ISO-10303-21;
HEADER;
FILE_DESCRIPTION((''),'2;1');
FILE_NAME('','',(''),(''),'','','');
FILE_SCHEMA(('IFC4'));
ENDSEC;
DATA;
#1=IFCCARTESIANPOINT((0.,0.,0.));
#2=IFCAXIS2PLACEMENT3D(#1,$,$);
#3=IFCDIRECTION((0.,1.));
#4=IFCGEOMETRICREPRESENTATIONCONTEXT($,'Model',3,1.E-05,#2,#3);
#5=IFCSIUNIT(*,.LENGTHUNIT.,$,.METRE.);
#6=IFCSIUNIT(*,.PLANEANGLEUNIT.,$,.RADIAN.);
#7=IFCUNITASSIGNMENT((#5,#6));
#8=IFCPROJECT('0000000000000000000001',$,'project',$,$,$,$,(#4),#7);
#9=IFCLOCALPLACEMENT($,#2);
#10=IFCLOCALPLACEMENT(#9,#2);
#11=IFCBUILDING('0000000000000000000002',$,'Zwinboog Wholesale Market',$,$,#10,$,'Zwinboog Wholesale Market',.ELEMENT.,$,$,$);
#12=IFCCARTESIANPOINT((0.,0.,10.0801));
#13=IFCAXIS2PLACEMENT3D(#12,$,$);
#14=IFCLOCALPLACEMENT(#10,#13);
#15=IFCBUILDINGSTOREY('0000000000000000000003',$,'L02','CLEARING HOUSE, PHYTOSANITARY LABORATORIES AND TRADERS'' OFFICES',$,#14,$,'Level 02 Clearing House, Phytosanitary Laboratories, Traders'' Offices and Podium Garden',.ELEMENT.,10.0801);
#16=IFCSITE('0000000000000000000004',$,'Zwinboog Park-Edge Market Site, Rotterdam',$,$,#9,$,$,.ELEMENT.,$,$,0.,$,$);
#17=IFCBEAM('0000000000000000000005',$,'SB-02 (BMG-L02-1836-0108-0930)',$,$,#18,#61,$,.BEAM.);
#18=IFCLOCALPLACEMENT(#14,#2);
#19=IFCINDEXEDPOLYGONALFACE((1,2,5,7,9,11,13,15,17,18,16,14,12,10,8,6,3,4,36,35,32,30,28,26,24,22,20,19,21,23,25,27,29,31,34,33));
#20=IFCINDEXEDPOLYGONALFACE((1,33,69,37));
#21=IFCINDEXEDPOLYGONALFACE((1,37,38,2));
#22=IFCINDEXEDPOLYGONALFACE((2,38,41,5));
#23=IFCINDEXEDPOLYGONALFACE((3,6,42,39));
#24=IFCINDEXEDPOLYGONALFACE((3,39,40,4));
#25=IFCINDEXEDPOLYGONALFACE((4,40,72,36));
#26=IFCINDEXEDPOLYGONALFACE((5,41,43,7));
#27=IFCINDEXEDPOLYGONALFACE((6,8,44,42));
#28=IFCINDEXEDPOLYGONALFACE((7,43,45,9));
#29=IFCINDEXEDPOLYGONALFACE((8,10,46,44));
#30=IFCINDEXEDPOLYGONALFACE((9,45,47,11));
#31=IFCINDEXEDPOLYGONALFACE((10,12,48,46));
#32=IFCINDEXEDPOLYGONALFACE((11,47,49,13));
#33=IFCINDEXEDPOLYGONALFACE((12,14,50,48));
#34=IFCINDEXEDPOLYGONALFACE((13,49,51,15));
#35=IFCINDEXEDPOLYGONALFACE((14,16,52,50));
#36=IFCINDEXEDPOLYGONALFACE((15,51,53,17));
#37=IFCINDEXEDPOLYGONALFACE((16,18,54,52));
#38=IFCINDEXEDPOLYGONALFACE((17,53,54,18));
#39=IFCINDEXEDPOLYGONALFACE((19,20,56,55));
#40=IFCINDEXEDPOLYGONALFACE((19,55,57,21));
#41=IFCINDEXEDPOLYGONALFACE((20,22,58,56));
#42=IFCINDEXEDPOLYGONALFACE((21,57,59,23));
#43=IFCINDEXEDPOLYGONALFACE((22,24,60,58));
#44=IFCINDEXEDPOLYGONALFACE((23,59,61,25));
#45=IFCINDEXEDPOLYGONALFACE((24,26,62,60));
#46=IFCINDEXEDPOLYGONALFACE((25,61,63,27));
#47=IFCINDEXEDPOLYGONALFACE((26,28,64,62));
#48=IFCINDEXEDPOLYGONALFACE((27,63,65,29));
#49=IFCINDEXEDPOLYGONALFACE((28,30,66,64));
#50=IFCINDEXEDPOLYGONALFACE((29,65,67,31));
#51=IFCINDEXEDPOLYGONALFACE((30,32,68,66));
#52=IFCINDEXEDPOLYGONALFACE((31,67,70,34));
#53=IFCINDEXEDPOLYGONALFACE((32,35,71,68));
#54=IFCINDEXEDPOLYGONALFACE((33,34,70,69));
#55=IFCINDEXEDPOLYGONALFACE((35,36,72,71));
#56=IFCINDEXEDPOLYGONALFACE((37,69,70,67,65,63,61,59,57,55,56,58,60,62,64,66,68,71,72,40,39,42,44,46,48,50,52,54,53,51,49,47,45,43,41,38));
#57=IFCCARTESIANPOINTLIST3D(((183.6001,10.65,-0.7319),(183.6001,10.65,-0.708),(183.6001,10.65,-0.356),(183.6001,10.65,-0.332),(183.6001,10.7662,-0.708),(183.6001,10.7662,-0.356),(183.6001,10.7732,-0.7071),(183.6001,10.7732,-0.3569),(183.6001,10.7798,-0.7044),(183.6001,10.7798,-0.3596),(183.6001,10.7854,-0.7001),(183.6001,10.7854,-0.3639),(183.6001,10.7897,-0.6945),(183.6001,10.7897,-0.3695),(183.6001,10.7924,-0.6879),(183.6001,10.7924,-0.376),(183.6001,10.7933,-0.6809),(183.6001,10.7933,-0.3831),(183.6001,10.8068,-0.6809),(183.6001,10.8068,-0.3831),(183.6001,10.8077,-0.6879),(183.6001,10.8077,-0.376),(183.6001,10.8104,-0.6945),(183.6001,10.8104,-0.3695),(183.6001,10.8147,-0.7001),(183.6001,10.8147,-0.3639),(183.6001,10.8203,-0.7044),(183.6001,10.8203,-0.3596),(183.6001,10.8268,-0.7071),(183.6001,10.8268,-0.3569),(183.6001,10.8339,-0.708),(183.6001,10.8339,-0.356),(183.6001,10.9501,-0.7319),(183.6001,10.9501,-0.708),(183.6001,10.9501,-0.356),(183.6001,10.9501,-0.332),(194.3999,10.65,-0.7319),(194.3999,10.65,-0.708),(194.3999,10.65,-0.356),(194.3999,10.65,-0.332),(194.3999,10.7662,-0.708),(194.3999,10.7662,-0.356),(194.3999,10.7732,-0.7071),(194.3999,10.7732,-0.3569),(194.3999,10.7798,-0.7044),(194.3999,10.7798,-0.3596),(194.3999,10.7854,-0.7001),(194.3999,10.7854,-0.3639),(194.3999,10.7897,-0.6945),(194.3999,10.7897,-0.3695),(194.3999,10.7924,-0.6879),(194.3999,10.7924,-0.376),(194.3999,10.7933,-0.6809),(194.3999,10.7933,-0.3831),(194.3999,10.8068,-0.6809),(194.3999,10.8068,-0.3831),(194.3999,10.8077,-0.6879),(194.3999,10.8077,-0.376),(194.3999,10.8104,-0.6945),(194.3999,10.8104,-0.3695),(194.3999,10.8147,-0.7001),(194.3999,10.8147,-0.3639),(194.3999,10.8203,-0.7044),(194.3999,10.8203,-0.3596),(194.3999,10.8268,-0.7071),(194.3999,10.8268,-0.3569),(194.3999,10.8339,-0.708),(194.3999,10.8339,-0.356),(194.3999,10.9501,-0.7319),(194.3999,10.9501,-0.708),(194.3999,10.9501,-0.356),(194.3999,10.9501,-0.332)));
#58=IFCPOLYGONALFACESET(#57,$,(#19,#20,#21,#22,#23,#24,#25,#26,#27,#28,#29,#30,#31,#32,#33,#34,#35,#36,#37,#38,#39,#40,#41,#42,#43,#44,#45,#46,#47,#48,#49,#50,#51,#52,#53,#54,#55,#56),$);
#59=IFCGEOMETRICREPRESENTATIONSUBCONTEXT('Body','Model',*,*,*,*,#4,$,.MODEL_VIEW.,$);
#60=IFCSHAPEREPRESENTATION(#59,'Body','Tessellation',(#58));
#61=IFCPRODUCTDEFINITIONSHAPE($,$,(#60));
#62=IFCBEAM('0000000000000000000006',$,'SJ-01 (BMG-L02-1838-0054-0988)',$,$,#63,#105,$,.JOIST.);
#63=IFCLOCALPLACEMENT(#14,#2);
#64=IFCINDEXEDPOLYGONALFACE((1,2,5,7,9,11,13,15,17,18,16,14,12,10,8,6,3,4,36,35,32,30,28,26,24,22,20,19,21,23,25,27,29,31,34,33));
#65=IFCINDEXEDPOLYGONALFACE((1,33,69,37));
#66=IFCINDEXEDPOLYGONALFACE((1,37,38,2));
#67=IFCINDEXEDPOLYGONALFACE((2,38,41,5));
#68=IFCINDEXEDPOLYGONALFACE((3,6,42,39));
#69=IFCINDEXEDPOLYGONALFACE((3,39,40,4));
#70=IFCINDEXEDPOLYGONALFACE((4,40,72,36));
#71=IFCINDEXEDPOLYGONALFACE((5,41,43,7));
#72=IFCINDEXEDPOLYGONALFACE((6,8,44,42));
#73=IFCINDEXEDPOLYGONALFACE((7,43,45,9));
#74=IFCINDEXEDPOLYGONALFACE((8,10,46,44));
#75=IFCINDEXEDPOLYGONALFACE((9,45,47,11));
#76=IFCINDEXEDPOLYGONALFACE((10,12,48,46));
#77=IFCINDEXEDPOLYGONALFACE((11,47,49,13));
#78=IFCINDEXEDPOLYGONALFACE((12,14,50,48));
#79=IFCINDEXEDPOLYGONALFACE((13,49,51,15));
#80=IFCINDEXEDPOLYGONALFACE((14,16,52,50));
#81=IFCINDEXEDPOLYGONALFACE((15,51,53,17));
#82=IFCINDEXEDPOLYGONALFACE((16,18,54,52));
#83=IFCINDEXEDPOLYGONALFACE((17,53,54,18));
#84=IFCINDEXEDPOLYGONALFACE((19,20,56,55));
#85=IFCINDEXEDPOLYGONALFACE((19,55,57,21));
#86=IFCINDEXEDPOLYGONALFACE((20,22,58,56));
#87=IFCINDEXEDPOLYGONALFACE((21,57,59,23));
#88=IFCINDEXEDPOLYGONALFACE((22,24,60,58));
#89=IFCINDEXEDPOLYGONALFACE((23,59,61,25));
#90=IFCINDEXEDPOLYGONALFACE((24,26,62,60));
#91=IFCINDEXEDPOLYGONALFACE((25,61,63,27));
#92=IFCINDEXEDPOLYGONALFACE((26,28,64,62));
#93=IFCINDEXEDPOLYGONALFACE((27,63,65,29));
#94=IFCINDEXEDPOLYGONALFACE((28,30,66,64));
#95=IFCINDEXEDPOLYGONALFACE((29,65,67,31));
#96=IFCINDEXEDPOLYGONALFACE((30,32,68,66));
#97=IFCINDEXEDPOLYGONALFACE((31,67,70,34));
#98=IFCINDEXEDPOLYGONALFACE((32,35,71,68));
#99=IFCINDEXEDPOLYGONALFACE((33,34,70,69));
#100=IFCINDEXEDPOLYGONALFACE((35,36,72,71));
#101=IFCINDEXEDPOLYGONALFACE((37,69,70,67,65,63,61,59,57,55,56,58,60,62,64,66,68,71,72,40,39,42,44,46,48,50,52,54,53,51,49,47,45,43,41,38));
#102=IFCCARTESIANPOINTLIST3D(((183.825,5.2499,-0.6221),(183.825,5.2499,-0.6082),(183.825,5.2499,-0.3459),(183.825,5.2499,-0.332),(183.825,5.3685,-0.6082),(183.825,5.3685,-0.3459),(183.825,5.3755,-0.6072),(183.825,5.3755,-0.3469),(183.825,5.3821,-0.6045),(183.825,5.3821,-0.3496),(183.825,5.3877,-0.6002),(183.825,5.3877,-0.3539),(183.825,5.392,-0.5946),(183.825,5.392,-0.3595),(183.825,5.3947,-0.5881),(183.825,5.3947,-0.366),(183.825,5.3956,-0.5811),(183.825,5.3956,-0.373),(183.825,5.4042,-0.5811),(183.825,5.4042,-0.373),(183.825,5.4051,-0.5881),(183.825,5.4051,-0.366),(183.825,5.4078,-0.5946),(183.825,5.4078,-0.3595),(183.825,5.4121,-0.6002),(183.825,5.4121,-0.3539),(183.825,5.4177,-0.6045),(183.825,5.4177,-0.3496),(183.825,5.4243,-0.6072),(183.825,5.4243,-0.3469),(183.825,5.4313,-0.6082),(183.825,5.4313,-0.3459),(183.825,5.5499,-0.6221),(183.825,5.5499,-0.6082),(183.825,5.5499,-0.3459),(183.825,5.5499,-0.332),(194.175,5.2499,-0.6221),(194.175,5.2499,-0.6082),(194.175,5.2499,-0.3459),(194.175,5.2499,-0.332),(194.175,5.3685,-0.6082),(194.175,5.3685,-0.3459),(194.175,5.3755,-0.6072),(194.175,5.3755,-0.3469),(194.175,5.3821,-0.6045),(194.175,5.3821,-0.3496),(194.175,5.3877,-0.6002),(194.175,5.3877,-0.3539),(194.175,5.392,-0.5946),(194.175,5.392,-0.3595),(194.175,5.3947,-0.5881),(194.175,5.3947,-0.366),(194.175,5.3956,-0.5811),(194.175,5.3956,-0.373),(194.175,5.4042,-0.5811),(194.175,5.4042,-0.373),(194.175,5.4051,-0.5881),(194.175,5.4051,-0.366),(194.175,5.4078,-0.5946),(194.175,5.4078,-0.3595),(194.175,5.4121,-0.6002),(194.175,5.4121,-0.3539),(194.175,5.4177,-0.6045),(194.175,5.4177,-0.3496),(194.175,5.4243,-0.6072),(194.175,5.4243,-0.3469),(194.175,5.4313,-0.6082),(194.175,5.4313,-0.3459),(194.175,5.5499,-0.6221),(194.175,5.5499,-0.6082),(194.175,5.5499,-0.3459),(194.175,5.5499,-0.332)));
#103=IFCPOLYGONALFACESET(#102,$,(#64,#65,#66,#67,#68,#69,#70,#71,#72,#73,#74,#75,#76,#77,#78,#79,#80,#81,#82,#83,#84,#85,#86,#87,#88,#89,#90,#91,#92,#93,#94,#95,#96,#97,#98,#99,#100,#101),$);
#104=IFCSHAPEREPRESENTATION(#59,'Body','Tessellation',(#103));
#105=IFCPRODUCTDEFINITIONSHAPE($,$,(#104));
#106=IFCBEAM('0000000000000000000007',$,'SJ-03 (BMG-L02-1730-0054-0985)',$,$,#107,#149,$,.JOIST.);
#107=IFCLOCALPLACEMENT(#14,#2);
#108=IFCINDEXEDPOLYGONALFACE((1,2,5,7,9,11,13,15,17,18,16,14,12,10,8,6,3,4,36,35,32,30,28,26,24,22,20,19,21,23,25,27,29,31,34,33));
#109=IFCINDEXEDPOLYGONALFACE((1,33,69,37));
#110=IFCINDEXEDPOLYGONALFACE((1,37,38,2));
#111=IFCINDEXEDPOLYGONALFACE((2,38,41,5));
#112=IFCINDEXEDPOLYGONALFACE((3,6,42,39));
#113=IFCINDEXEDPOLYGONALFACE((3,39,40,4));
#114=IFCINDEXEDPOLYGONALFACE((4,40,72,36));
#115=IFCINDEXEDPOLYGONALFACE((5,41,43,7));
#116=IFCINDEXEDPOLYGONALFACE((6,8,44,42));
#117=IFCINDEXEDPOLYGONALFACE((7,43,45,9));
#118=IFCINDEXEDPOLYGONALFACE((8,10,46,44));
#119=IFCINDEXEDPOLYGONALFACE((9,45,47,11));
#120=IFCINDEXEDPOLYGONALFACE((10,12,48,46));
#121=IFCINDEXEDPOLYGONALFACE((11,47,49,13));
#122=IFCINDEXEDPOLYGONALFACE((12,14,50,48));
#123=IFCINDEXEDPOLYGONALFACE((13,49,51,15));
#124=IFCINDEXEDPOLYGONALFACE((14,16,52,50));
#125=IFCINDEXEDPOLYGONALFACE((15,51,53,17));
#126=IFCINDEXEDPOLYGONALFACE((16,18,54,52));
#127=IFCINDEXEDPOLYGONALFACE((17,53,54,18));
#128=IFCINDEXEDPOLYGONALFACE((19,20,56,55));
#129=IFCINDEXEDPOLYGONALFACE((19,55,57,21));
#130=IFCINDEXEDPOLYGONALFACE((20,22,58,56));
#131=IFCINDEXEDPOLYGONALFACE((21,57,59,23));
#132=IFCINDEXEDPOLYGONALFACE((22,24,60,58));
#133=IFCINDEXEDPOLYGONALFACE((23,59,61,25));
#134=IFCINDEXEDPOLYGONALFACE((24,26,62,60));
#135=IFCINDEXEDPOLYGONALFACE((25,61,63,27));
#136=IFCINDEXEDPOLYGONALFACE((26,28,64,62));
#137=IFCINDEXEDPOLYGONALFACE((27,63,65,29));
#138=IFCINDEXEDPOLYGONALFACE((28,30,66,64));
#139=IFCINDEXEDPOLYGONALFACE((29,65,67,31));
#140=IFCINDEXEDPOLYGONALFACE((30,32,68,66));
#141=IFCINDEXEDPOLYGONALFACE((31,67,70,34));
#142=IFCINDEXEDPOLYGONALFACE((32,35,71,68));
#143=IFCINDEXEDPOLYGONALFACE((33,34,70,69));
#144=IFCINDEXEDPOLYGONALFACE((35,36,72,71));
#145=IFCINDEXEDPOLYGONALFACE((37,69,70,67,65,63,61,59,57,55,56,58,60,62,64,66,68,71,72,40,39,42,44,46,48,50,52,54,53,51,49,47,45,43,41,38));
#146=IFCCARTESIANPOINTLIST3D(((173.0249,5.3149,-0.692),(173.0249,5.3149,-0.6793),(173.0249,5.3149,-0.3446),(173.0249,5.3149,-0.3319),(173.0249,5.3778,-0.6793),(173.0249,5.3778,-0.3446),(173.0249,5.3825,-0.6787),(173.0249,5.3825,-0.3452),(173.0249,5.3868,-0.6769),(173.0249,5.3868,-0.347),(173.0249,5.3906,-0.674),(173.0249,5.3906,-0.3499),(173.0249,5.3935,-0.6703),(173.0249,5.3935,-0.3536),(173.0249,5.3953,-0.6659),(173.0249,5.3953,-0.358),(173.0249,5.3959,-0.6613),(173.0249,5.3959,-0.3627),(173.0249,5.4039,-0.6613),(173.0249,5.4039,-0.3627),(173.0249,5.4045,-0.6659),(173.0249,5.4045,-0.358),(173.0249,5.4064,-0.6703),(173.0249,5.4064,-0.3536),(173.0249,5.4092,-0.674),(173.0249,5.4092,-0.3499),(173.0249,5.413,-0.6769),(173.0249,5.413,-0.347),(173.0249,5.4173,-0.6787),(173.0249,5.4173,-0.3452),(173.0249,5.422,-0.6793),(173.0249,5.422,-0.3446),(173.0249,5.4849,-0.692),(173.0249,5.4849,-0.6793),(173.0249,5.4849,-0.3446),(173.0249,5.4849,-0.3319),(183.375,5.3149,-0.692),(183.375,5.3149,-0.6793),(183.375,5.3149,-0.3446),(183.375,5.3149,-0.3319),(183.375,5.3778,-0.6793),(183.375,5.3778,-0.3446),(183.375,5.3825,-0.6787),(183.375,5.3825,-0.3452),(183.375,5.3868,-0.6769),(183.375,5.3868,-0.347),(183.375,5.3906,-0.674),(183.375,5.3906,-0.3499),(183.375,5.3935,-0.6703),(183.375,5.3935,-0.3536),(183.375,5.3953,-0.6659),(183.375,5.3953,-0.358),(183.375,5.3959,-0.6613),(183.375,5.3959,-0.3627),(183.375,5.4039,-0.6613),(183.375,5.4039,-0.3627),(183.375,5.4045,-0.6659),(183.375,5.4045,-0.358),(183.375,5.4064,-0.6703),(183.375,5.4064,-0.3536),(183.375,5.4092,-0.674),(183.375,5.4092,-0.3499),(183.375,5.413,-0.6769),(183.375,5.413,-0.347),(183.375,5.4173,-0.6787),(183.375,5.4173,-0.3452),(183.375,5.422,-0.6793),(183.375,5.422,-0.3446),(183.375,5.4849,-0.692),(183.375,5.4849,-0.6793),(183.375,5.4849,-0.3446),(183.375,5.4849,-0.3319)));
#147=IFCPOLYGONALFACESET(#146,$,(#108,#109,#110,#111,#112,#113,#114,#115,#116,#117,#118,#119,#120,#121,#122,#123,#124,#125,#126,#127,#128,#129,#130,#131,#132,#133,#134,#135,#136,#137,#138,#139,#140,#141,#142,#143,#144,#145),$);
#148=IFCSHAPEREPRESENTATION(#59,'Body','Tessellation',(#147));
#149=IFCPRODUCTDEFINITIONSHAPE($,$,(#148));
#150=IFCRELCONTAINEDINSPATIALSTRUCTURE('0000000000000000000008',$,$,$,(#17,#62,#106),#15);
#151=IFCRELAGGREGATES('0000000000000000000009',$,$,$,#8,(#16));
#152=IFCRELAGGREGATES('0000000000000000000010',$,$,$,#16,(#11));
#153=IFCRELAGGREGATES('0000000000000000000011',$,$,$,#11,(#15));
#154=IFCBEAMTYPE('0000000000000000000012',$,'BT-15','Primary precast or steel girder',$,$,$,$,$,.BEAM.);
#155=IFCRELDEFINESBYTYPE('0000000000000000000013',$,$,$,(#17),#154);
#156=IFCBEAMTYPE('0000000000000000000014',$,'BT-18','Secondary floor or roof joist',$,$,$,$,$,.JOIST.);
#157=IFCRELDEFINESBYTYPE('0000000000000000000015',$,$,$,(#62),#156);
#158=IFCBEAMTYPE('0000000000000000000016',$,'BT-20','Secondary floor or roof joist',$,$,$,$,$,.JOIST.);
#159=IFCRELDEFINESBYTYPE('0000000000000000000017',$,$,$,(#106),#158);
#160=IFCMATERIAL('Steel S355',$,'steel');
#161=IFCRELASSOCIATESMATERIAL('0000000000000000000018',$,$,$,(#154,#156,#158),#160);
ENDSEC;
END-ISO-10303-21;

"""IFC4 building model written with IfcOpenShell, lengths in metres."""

from ifc_helpers import new_model, si_unit, direction, frame, origin, origin_2d, place, context, subcontext, project, spatial, i_section, extrude, material, material_profile, profile_set, type_object, element, save


model = new_model("IFC4")

# Units and contexts
model_context = context("Model", 3, precision=1e-05, world=origin(), true_north=direction((0.0, 1.0)))
body_context = subcontext(model_context, "Body", "Model", "MODEL_VIEW")
ifc_project = project(units=[si_unit("LENGTHUNIT", "METRE"), si_unit("PLANEANGLEUNIT", "RADIAN")], contexts=[model_context])

# Site, building, storey
site_placement = place(None, origin())
site = spatial("IfcSite", under=ifc_project, at=site_placement, Name="Zwinboog Park-Edge Market Site, Rotterdam", CompositionType="ELEMENT", RefElevation=0.0)
building_placement = place(site_placement, origin())
building = spatial("IfcBuilding", under=site, at=building_placement, Name="Zwinboog Wholesale Market", LongName="Zwinboog Wholesale Market", CompositionType="ELEMENT")
storey_placement = place(building_placement, frame((0.0, 0.0, 10.0801)))
storey = spatial("IfcBuildingStorey", under=building, at=storey_placement, Name="L02", Description="CLEARING HOUSE, PHYTOSANITARY LABORATORIES AND TRADERS' OFFICES", LongName="Level 02 Clearing House, Phytosanitary Laboratories, Traders' Offices and Podium Garden", CompositionType="ELEMENT", Elevation=10.0801)

# Beams
ifc_material_1 = material(Name="Steel S355", Category="steel")
ifc_material_profile_1 = material_profile(ifc_material_1, i_section(OverallWidth=0.3, OverallDepth=0.3999, WebThickness=0.0134, FlangeThickness=0.0239, FilletRadius=0.0271, at=origin_2d()), Name="HEB 400")
ifc_profile_set_1 = profile_set([ifc_material_profile_1], Name="Steel S355")
beam_type_1 = type_object("IfcBeamType", Name="BT-15", Description="Primary precast or steel girder", PredefinedType="BEAM", material=ifc_profile_set_1)
beam_1_placement = place(storey_placement, frame((183.6001, 10.8, -0.532), z_axis=(1.0, 0.0, 0.0), x_axis=(0.0, 1.0, 0.0)))
element("IfcBeam", 1, at=beam_1_placement, inside=storey, type_object=beam_type_1, Name="SB-02 (BMG-L02-1836-0108-0930)", PredefinedType="BEAM", context=body_context, shape_type="SweptSolid", body=[
    extrude(i_section(OverallWidth=0.3, OverallDepth=0.3999, WebThickness=0.0134, FlangeThickness=0.0239, FilletRadius=0.0271, at=origin_2d()), origin(), (0.0, 0.0, 1.0), 10.7998),
])
ifc_material_profile_2 = material_profile(ifc_material_1, i_section(OverallWidth=0.3, OverallDepth=0.29, WebThickness=0.0085, FlangeThickness=0.0139, FilletRadius=0.0271, at=origin_2d()), Name="HEA 300")
ifc_profile_set_2 = profile_set([ifc_material_profile_2], Name="Steel S355")
beam_type_2 = type_object("IfcBeamType", Name="BT-18", Description="Secondary floor or roof joist", PredefinedType="JOIST", material=ifc_profile_set_2)
beam_2_placement = place(storey_placement, frame((183.825, 5.3999, -0.4771), z_axis=(1.0, 0.0, 0.0), x_axis=(0.0, 1.0, 0.0)))
element("IfcBeam", 2, at=beam_2_placement, inside=storey, type_object=beam_type_2, Name="SJ-01 (BMG-L02-1838-0054-0988)", PredefinedType="JOIST", context=body_context, shape_type="SweptSolid", body=[
    extrude(i_section(OverallWidth=0.3, OverallDepth=0.29, WebThickness=0.0085, FlangeThickness=0.0139, FilletRadius=0.0271, at=origin_2d()), origin(), (0.0, 0.0, 1.0), 10.3501),
])
ifc_material_profile_3 = material_profile(ifc_material_1, i_section(OverallWidth=0.1699, OverallDepth=0.3601, WebThickness=0.0081, FlangeThickness=0.0127, FilletRadius=0.0181, at=origin_2d()), Name="IPE 360")
ifc_profile_set_3 = profile_set([ifc_material_profile_3], Name="Steel S355")
beam_type_3 = type_object("IfcBeamType", Name="BT-20", Description="Secondary floor or roof joist", PredefinedType="JOIST", material=ifc_profile_set_3)
beam_3_placement = place(storey_placement, frame((173.0249, 5.3999, -0.512), z_axis=(1.0, 0.0, 0.0), x_axis=(0.0, 1.0, 0.0)))
element("IfcBeam", 3, at=beam_3_placement, inside=storey, type_object=beam_type_3, Name="SJ-03 (BMG-L02-1730-0054-0985)", PredefinedType="JOIST", context=body_context, shape_type="SweptSolid", body=[
    extrude(i_section(OverallWidth=0.1699, OverallDepth=0.3601, WebThickness=0.0081, FlangeThickness=0.0127, FilletRadius=0.0181, at=origin_2d()), origin(), (0.0, 0.0, 1.0), 10.3501),
])

save(model, "model.ifc")
